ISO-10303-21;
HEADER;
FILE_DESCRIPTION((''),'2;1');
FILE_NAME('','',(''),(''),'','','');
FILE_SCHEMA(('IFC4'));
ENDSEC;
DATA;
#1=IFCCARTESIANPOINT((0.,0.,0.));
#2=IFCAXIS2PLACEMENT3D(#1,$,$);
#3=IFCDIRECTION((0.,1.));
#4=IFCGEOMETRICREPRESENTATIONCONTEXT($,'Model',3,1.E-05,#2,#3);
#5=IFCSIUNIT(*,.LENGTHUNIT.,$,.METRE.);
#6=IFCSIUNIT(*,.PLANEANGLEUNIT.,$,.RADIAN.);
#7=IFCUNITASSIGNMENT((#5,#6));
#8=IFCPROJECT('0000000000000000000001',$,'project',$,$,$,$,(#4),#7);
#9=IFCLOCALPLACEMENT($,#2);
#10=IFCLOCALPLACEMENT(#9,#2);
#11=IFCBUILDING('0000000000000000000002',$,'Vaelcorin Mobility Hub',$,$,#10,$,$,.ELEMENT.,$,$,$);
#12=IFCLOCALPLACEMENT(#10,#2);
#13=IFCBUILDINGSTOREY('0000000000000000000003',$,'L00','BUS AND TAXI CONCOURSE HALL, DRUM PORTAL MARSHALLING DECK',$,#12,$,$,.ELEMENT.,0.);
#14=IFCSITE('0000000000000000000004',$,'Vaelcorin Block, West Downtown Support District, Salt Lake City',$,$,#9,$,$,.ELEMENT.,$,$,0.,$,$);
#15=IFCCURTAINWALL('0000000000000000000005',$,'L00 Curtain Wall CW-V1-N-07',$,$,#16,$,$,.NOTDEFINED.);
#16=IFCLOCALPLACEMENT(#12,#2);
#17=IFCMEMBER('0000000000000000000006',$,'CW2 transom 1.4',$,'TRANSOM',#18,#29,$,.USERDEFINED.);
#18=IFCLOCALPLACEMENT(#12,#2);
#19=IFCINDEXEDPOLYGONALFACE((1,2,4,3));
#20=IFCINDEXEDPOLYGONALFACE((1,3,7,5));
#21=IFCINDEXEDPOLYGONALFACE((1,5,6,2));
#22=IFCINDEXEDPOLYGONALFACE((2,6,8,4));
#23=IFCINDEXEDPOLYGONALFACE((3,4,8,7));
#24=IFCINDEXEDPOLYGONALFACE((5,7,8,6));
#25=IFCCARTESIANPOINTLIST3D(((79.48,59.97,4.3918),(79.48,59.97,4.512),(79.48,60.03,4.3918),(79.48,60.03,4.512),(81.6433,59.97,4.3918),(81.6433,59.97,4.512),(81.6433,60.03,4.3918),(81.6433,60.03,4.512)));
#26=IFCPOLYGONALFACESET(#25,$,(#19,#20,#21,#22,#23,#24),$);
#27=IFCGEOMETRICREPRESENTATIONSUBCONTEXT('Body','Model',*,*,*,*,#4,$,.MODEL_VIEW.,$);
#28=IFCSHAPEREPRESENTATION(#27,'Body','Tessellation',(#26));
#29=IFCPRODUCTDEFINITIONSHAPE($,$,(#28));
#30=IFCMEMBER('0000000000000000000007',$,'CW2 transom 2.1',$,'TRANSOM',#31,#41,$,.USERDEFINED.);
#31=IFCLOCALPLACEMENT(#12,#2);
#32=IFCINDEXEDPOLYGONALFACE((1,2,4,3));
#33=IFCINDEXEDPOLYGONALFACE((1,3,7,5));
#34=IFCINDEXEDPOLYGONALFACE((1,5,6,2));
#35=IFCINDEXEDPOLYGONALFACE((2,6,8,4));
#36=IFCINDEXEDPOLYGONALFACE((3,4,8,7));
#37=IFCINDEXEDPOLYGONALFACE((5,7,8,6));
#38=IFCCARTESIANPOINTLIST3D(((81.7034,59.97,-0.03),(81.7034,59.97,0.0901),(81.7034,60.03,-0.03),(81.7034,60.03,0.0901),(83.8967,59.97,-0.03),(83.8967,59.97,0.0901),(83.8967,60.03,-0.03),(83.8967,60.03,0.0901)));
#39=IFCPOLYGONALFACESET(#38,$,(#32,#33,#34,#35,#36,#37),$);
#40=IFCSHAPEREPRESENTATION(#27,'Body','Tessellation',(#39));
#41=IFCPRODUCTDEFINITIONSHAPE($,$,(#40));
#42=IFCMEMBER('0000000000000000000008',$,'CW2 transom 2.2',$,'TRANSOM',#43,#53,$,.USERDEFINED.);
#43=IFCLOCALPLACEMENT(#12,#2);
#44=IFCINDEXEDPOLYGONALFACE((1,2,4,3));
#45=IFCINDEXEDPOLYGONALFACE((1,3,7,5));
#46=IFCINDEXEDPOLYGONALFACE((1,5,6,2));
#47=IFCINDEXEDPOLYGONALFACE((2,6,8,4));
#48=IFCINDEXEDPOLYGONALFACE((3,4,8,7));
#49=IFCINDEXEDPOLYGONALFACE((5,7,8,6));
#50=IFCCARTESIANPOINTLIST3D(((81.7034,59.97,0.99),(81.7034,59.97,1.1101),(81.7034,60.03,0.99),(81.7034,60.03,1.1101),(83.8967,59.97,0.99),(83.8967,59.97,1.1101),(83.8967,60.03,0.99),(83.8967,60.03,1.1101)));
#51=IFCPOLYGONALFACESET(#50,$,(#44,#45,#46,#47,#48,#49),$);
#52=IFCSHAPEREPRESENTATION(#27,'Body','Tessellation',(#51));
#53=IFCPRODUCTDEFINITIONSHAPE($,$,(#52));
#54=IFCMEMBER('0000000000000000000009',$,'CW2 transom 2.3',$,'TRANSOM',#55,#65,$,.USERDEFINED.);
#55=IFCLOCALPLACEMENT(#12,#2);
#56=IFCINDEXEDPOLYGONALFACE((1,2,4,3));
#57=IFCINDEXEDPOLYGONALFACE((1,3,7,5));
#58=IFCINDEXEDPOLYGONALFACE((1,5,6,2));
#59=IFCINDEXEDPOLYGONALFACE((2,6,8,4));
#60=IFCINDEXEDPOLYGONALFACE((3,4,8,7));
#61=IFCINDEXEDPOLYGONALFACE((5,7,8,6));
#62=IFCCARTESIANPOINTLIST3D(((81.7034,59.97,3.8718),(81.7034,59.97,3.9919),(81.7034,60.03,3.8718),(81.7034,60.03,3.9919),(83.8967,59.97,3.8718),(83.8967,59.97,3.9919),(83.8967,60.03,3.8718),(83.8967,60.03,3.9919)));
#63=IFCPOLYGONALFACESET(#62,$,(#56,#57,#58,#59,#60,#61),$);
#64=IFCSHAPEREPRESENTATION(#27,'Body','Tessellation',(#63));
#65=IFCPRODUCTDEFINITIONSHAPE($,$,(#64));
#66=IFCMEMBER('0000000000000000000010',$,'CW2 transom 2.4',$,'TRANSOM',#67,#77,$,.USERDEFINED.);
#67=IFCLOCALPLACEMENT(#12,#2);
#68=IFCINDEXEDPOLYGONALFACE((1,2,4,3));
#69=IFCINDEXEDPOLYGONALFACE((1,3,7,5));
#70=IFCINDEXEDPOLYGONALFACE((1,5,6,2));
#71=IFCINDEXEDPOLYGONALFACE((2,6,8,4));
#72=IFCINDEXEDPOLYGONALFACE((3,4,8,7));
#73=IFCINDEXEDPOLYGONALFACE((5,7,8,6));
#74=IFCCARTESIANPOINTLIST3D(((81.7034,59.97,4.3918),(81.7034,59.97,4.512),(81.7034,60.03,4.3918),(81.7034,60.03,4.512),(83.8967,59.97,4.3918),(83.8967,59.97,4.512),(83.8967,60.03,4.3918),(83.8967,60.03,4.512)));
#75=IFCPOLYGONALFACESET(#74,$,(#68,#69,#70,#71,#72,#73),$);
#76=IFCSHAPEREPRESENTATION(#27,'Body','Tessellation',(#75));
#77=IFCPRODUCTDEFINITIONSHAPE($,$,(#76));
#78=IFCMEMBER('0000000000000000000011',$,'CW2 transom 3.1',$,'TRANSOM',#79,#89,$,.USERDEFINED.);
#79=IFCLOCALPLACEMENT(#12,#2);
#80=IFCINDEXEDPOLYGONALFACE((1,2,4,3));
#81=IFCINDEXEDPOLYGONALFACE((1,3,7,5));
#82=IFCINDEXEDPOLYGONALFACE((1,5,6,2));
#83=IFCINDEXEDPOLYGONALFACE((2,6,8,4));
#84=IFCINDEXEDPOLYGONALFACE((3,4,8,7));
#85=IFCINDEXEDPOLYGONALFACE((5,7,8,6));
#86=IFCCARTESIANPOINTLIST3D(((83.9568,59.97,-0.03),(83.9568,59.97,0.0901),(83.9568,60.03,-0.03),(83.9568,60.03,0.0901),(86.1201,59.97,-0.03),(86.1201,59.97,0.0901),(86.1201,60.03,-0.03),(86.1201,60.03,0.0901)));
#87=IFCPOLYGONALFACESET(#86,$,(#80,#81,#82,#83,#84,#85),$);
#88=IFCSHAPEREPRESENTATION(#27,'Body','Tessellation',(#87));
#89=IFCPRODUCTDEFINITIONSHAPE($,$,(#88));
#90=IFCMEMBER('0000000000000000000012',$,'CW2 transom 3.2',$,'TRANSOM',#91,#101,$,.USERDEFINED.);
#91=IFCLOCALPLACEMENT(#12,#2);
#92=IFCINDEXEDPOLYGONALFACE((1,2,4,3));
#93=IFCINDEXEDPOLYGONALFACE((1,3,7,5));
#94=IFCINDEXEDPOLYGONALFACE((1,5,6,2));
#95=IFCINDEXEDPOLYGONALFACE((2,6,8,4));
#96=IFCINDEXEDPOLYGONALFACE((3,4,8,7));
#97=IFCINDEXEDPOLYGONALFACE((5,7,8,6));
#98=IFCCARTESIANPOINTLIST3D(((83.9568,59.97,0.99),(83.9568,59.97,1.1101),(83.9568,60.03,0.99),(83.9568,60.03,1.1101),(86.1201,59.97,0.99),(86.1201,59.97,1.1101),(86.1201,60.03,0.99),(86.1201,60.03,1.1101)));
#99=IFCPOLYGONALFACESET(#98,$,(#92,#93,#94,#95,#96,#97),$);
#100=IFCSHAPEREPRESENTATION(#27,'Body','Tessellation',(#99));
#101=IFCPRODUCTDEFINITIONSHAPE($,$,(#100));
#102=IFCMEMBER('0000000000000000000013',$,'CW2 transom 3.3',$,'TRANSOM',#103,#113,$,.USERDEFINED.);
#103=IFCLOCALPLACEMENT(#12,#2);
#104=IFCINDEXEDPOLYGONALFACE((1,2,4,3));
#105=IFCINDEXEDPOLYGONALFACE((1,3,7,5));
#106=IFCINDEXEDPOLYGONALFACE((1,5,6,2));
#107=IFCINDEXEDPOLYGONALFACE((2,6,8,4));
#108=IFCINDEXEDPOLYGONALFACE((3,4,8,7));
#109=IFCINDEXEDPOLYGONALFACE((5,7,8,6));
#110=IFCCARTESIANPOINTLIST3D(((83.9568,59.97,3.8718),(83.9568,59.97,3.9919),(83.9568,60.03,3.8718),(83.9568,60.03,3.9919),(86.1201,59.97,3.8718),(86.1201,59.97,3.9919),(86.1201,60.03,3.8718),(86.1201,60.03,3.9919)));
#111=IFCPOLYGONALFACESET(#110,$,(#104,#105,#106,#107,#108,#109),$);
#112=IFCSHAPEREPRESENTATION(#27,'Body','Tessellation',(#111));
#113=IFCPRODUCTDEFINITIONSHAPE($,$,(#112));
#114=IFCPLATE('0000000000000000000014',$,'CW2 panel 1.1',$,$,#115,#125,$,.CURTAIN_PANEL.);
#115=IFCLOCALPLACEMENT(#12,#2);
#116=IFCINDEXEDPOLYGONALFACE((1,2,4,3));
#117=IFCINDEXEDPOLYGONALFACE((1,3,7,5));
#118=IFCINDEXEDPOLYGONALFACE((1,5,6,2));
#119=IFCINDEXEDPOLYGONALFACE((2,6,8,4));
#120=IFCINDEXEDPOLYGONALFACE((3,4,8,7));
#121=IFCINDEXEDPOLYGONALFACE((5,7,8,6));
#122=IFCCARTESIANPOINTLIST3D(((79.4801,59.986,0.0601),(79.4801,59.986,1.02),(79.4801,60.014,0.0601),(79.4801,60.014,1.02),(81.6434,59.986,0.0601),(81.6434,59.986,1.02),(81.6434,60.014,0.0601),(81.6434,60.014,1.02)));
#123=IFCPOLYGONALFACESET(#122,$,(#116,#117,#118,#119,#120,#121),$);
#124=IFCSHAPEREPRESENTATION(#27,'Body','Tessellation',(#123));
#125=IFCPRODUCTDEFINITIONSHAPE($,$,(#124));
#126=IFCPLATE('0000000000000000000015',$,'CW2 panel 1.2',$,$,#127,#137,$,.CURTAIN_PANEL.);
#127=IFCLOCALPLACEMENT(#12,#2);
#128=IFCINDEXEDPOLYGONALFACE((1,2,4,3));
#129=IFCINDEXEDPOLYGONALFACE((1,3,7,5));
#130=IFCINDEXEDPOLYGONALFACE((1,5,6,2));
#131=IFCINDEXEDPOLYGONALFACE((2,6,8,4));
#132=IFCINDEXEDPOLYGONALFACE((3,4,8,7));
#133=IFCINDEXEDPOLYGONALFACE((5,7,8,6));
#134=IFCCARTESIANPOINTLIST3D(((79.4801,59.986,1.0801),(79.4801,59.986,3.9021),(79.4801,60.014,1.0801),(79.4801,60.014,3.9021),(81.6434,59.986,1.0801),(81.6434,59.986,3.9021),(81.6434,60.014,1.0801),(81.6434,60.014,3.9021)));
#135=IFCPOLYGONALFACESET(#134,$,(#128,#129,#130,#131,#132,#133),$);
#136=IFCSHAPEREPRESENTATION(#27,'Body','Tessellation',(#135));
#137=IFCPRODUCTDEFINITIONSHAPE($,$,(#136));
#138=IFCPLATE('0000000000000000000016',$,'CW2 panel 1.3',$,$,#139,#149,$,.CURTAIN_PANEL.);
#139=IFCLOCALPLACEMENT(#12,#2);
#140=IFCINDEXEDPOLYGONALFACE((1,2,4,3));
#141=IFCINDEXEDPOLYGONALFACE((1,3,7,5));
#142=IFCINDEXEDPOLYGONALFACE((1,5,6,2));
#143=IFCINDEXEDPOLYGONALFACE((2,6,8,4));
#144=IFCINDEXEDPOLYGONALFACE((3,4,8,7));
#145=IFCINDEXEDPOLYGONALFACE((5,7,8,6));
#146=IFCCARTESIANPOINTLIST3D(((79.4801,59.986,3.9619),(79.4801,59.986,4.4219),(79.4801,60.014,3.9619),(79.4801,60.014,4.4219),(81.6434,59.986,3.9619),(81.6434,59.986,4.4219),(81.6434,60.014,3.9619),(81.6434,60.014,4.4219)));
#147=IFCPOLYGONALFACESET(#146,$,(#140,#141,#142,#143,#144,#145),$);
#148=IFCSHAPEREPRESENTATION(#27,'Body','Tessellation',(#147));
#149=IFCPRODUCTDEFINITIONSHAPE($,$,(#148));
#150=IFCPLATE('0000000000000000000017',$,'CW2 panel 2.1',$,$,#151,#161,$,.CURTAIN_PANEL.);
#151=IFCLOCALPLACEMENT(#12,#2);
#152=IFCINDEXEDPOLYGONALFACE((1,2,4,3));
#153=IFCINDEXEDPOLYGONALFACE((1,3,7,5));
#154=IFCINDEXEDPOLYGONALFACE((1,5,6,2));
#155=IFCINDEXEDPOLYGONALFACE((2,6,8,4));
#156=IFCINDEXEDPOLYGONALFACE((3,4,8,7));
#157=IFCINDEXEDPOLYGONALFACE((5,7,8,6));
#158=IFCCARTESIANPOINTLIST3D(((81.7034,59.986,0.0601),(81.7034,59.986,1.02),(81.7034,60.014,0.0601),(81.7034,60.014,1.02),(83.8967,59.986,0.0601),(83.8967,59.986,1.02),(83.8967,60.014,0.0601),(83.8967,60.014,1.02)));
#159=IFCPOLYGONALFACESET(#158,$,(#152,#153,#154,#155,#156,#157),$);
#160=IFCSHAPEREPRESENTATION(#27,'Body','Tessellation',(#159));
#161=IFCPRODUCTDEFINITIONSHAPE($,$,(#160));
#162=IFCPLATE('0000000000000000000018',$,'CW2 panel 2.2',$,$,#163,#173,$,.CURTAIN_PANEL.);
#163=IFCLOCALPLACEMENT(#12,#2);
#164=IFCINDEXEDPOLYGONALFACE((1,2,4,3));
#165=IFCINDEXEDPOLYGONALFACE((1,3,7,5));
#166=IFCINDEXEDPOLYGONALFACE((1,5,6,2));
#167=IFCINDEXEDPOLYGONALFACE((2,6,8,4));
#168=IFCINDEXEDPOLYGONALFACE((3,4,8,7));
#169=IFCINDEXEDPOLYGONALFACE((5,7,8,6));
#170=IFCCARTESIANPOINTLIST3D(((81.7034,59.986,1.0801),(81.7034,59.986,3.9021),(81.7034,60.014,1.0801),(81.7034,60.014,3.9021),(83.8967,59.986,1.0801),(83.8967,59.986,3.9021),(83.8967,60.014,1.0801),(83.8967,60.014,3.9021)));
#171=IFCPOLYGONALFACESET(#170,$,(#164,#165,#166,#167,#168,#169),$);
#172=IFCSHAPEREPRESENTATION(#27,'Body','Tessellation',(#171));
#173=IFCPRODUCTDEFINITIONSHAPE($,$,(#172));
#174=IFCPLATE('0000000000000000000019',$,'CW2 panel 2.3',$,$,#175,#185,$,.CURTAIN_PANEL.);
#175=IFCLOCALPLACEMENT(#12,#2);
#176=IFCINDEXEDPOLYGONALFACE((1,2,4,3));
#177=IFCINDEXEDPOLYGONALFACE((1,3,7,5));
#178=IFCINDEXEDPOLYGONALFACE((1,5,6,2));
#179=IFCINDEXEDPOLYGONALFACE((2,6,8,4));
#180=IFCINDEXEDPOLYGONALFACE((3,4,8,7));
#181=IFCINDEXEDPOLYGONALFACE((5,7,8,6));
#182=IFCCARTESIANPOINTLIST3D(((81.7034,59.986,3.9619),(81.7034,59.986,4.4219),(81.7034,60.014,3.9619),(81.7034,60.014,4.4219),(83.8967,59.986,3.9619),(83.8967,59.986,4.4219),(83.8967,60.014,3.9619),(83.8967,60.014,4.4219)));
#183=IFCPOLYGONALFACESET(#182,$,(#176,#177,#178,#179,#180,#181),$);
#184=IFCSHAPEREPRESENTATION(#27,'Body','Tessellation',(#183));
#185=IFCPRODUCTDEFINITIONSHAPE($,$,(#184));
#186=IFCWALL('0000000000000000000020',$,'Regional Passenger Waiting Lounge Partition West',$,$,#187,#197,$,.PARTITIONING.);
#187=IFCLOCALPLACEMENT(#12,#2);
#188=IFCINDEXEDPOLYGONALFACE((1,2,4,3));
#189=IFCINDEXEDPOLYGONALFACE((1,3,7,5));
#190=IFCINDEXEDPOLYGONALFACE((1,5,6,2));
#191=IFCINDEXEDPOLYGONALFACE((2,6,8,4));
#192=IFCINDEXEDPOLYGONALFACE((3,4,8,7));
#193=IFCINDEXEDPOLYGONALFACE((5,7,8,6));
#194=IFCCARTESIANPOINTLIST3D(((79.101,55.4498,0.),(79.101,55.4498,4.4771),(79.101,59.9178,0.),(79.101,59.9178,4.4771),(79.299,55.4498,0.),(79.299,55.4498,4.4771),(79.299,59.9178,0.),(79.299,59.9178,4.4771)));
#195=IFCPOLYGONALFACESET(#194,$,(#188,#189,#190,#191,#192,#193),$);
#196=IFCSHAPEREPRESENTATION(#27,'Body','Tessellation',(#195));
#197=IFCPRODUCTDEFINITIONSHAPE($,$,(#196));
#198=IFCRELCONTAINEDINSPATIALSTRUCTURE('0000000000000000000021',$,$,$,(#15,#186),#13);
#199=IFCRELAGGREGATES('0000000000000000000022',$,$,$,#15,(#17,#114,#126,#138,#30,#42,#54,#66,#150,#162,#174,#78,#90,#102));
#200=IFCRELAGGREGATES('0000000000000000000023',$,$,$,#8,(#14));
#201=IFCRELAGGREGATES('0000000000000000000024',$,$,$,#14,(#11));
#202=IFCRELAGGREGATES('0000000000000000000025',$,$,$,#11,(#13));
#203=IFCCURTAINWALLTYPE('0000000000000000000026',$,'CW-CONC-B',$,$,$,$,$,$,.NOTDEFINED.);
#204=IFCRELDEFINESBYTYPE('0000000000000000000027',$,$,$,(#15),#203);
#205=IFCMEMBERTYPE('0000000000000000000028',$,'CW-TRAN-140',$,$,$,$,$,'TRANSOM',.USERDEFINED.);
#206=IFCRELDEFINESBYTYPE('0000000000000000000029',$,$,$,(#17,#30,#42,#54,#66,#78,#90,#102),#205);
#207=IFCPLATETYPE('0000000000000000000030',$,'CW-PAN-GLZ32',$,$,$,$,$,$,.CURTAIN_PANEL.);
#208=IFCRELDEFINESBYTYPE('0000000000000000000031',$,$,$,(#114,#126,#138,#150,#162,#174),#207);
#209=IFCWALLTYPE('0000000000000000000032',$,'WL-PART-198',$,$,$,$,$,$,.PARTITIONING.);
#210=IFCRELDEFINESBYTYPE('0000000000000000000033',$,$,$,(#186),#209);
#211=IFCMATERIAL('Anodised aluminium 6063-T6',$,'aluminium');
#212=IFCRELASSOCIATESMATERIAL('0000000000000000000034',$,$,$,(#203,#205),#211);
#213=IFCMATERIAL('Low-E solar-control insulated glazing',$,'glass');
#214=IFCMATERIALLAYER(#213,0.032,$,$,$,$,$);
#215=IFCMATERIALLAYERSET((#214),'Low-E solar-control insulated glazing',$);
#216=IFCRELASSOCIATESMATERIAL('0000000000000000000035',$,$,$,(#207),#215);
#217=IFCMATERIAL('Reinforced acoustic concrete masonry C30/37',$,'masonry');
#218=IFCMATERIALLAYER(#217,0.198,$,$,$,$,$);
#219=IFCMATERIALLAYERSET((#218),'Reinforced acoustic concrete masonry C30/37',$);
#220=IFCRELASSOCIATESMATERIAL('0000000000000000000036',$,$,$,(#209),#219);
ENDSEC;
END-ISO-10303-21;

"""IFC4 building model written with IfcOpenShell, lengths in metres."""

from ifc_helpers import new_model, si_unit, direction, frame, frame_2d, origin, origin_2d, place, context, subcontext, project, spatial, rectangle, extrude, material, layer, layer_set, material_profile, profile_set, type_object, element, aggregate, save


model = new_model("IFC4")

# Units and contexts
model_context = context("Model", 3, precision=1e-05, world=origin(), true_north=direction((0.0, 1.0)))
body_context = subcontext(model_context, "Body", "Model", "MODEL_VIEW")
ifc_project = project(units=[si_unit("LENGTHUNIT", "METRE"), si_unit("PLANEANGLEUNIT", "RADIAN")], contexts=[model_context])

# Site, building, storey
site_placement = place(None, origin())
site = spatial("IfcSite", under=ifc_project, at=site_placement, Name="Vaelcorin Block, West Downtown Support District, Salt Lake City", CompositionType="ELEMENT", RefElevation=0.0)
building_placement = place(site_placement, origin())
building = spatial("IfcBuilding", under=site, at=building_placement, Name="Vaelcorin Mobility Hub", CompositionType="ELEMENT")
storey_placement = place(building_placement, origin())
storey = spatial("IfcBuildingStorey", under=building, at=storey_placement, Name="L00", Description="BUS AND TAXI CONCOURSE HALL, DRUM PORTAL MARSHALLING DECK", CompositionType="ELEMENT", Elevation=0.0)

# Shared definitions
ifc_material_1 = material(Name="Anodised aluminium 6063-T6", Category="aluminium")
curtain_wall_type = type_object("IfcCurtainWallType", Name="CW-CONC-B", PredefinedType="NOTDEFINED", material=ifc_material_1)

# Curtain wall, members, plates
curtain_wall_1_placement = place(storey_placement, origin())
curtain_wall_1 = element("IfcCurtainWall", 1, at=curtain_wall_1_placement, inside=storey, type_object=curtain_wall_type, Name="L00 Curtain Wall CW-V1-N-07", PredefinedType="NOTDEFINED")
ifc_material_profile_1 = material_profile(ifc_material_1, rectangle(XDim=0.0601, YDim=0.1201, at=origin_2d()), Name="ALU-T60X120")
ifc_profile_set_1 = profile_set([ifc_material_profile_1], Name="Anodised aluminium 6063-T6")
member_type_1 = type_object("IfcMemberType", Name="CW-TRAN-140", ElementType="TRANSOM", PredefinedType="USERDEFINED", material=ifc_profile_set_1)
member_1_placement = place(storey_placement, frame((79.48, 60.0, 4.4519), z_axis=(1.0, 0.0, 0.0), x_axis=(0.0, 1.0, 0.0)))
member_1 = element("IfcMember", 2, at=member_1_placement, type_object=member_type_1, Name="CW2 transom 1.4", ObjectType="TRANSOM", PredefinedType="USERDEFINED", context=body_context, shape_type="SweptSolid", body=[
    extrude(rectangle(XDim=0.0601, YDim=0.1201, at=origin_2d()), origin(), (0.0, 0.0, 1.0), 2.1633),
])
member_2_placement = place(storey_placement, frame((81.7034, 60.0, 0.03), z_axis=(1.0, 0.0, 0.0), x_axis=(0.0, 1.0, 0.0)))
member_2 = element("IfcMember", 3, at=member_2_placement, type_object=member_type_1, Name="CW2 transom 2.1", ObjectType="TRANSOM", PredefinedType="USERDEFINED", context=body_context, shape_type="SweptSolid", body=[
    extrude(rectangle(XDim=0.0601, YDim=0.1201, at=origin_2d()), origin(), (0.0, 0.0, 1.0), 2.1934),
])
member_3_placement = place(storey_placement, frame((81.7034, 60.0, 1.05), z_axis=(1.0, 0.0, 0.0), x_axis=(0.0, 1.0, 0.0)))
member_3 = element("IfcMember", 4, at=member_3_placement, type_object=member_type_1, Name="CW2 transom 2.2", ObjectType="TRANSOM", PredefinedType="USERDEFINED", context=body_context, shape_type="SweptSolid", body=[
    extrude(rectangle(XDim=0.0601, YDim=0.1201, at=origin_2d()), origin(), (0.0, 0.0, 1.0), 2.1934),
])
member_4_placement = place(storey_placement, frame((81.7034, 60.0, 3.9319), z_axis=(1.0, 0.0, 0.0), x_axis=(0.0, 1.0, 0.0)))
member_4 = element("IfcMember", 5, at=member_4_placement, type_object=member_type_1, Name="CW2 transom 2.3", ObjectType="TRANSOM", PredefinedType="USERDEFINED", context=body_context, shape_type="SweptSolid", body=[
    extrude(rectangle(XDim=0.0601, YDim=0.1201, at=origin_2d()), origin(), (0.0, 0.0, 1.0), 2.1934),
])
member_5_placement = place(storey_placement, frame((81.7034, 60.0, 4.4519), z_axis=(1.0, 0.0, 0.0), x_axis=(0.0, 1.0, 0.0)))
member_5 = element("IfcMember", 6, at=member_5_placement, type_object=member_type_1, Name="CW2 transom 2.4", ObjectType="TRANSOM", PredefinedType="USERDEFINED", context=body_context, shape_type="SweptSolid", body=[
    extrude(rectangle(XDim=0.0601, YDim=0.1201, at=origin_2d()), origin(), (0.0, 0.0, 1.0), 2.1934),
])
member_6_placement = place(storey_placement, frame((83.9568, 60.0, 0.03), z_axis=(1.0, 0.0, 0.0), x_axis=(0.0, 1.0, 0.0)))
member_6 = element("IfcMember", 7, at=member_6_placement, type_object=member_type_1, Name="CW2 transom 3.1", ObjectType="TRANSOM", PredefinedType="USERDEFINED", context=body_context, shape_type="SweptSolid", body=[
    extrude(rectangle(XDim=0.0601, YDim=0.1201, at=origin_2d()), origin(), (0.0, 0.0, 1.0), 2.1633),
])
member_7_placement = place(storey_placement, frame((83.9568, 60.0, 1.05), z_axis=(1.0, 0.0, 0.0), x_axis=(0.0, 1.0, 0.0)))
member_7 = element("IfcMember", 8, at=member_7_placement, type_object=member_type_1, Name="CW2 transom 3.2", ObjectType="TRANSOM", PredefinedType="USERDEFINED", context=body_context, shape_type="SweptSolid", body=[
    extrude(rectangle(XDim=0.0601, YDim=0.1201, at=origin_2d()), origin(), (0.0, 0.0, 1.0), 2.1633),
])
member_8_placement = place(storey_placement, frame((83.9568, 60.0, 3.9319), z_axis=(1.0, 0.0, 0.0), x_axis=(0.0, 1.0, 0.0)))
member_8 = element("IfcMember", 9, at=member_8_placement, type_object=member_type_1, Name="CW2 transom 3.3", ObjectType="TRANSOM", PredefinedType="USERDEFINED", context=body_context, shape_type="SweptSolid", body=[
    extrude(rectangle(XDim=0.0601, YDim=0.1201, at=origin_2d()), origin(), (0.0, 0.0, 1.0), 2.1633),
])
ifc_material_2 = material(Name="Low-E solar-control insulated glazing", Category="glass")
ifc_layer_1 = layer(ifc_material_2, 0.032)
ifc_layer_set_1 = layer_set([ifc_layer_1], Name="Low-E solar-control insulated glazing")
plate_type = type_object("IfcPlateType", Name="CW-PAN-GLZ32", PredefinedType="CURTAIN_PANEL", material=ifc_layer_set_1)
plate_1_placement = place(storey_placement, frame((80.5618, 60.0, 0.0601), z_axis=(0.0, 0.0, 1.0), x_axis=(1.0, 0.0, 0.0)))
plate_1 = element("IfcPlate", 10, at=plate_1_placement, type_object=plate_type, Name="CW2 panel 1.1", PredefinedType="CURTAIN_PANEL", context=body_context, shape_type="SweptSolid", body=[
    extrude(rectangle(XDim=2.1633, YDim=0.0281, at=origin_2d()), origin(), (0.0, 0.0, 1.0), 0.96),
])
plate_2_placement = place(storey_placement, frame((80.5618, 60.0, 1.0801), z_axis=(0.0, 0.0, 1.0), x_axis=(1.0, 0.0, 0.0)))
plate_2 = element("IfcPlate", 11, at=plate_2_placement, type_object=plate_type, Name="CW2 panel 1.2", PredefinedType="CURTAIN_PANEL", context=body_context, shape_type="SweptSolid", body=[
    extrude(rectangle(XDim=2.1633, YDim=0.0281, at=origin_2d()), origin(), (0.0, 0.0, 1.0), 2.822),
])
plate_3_placement = place(storey_placement, frame((80.5618, 60.0, 3.9619), z_axis=(0.0, 0.0, 1.0), x_axis=(1.0, 0.0, 0.0)))
plate_3 = element("IfcPlate", 12, at=plate_3_placement, type_object=plate_type, Name="CW2 panel 1.3", PredefinedType="CURTAIN_PANEL", context=body_context, shape_type="SweptSolid", body=[
    extrude(rectangle(XDim=2.1633, YDim=0.0281, at=origin_2d()), origin(), (0.0, 0.0, 1.0), 0.46),
])
plate_4_placement = place(storey_placement, frame((82.8, 60.0, 0.0601), z_axis=(0.0, 0.0, 1.0), x_axis=(1.0, 0.0, 0.0)))
plate_4 = element("IfcPlate", 13, at=plate_4_placement, type_object=plate_type, Name="CW2 panel 2.1", PredefinedType="CURTAIN_PANEL", context=body_context, shape_type="SweptSolid", body=[
    extrude(rectangle(XDim=2.1934, YDim=0.0281, at=origin_2d()), origin(), (0.0, 0.0, 1.0), 0.96),
])
plate_5_placement = place(storey_placement, frame((82.8, 60.0, 1.0801), z_axis=(0.0, 0.0, 1.0), x_axis=(1.0, 0.0, 0.0)))
plate_5 = element("IfcPlate", 14, at=plate_5_placement, type_object=plate_type, Name="CW2 panel 2.2", PredefinedType="CURTAIN_PANEL", context=body_context, shape_type="SweptSolid", body=[
    extrude(rectangle(XDim=2.1934, YDim=0.0281, at=origin_2d()), origin(), (0.0, 0.0, 1.0), 2.822),
])
plate_6_placement = place(storey_placement, frame((82.8, 60.0, 3.9619), z_axis=(0.0, 0.0, 1.0), x_axis=(1.0, 0.0, 0.0)))
plate_6 = element("IfcPlate", 15, at=plate_6_placement, type_object=plate_type, Name="CW2 panel 2.3", PredefinedType="CURTAIN_PANEL", context=body_context, shape_type="SweptSolid", body=[
    extrude(rectangle(XDim=2.1934, YDim=0.0281, at=origin_2d()), origin(), (0.0, 0.0, 1.0), 0.46),
])
aggregate(curtain_wall_1, [member_1, plate_1, plate_2, plate_3, member_2, member_3, member_4, member_5, plate_4, plate_5, plate_6, member_6, member_7, member_8])

# Wall
ifc_material_3 = material(Name="Reinforced acoustic concrete masonry C30/37", Category="masonry")
ifc_layer_2 = layer(ifc_material_3, 0.198)
ifc_layer_set_2 = layer_set([ifc_layer_2], Name="Reinforced acoustic concrete masonry C30/37")
wall_type = type_object("IfcWallType", Name="WL-PART-198", PredefinedType="PARTITIONING", material=ifc_layer_set_2)
wall_placement = place(storey_placement, frame((79.2, 55.45, 0.0), z_axis=(0.0, 0.0, 1.0), x_axis=(0.0, 1.0, 0.0)))
element("IfcWall", 16, at=wall_placement, inside=storey, type_object=wall_type, Name="Regional Passenger Waiting Lounge Partition West", PredefinedType="PARTITIONING", context=body_context, shape_type="SweptSolid", body=[
    extrude(rectangle(XDim=4.468, YDim=0.198, at=frame_2d((2.2339, 0.0))), origin(), (0.0, 0.0, 1.0), 4.4771),
])

save(model, "model.ifc")
